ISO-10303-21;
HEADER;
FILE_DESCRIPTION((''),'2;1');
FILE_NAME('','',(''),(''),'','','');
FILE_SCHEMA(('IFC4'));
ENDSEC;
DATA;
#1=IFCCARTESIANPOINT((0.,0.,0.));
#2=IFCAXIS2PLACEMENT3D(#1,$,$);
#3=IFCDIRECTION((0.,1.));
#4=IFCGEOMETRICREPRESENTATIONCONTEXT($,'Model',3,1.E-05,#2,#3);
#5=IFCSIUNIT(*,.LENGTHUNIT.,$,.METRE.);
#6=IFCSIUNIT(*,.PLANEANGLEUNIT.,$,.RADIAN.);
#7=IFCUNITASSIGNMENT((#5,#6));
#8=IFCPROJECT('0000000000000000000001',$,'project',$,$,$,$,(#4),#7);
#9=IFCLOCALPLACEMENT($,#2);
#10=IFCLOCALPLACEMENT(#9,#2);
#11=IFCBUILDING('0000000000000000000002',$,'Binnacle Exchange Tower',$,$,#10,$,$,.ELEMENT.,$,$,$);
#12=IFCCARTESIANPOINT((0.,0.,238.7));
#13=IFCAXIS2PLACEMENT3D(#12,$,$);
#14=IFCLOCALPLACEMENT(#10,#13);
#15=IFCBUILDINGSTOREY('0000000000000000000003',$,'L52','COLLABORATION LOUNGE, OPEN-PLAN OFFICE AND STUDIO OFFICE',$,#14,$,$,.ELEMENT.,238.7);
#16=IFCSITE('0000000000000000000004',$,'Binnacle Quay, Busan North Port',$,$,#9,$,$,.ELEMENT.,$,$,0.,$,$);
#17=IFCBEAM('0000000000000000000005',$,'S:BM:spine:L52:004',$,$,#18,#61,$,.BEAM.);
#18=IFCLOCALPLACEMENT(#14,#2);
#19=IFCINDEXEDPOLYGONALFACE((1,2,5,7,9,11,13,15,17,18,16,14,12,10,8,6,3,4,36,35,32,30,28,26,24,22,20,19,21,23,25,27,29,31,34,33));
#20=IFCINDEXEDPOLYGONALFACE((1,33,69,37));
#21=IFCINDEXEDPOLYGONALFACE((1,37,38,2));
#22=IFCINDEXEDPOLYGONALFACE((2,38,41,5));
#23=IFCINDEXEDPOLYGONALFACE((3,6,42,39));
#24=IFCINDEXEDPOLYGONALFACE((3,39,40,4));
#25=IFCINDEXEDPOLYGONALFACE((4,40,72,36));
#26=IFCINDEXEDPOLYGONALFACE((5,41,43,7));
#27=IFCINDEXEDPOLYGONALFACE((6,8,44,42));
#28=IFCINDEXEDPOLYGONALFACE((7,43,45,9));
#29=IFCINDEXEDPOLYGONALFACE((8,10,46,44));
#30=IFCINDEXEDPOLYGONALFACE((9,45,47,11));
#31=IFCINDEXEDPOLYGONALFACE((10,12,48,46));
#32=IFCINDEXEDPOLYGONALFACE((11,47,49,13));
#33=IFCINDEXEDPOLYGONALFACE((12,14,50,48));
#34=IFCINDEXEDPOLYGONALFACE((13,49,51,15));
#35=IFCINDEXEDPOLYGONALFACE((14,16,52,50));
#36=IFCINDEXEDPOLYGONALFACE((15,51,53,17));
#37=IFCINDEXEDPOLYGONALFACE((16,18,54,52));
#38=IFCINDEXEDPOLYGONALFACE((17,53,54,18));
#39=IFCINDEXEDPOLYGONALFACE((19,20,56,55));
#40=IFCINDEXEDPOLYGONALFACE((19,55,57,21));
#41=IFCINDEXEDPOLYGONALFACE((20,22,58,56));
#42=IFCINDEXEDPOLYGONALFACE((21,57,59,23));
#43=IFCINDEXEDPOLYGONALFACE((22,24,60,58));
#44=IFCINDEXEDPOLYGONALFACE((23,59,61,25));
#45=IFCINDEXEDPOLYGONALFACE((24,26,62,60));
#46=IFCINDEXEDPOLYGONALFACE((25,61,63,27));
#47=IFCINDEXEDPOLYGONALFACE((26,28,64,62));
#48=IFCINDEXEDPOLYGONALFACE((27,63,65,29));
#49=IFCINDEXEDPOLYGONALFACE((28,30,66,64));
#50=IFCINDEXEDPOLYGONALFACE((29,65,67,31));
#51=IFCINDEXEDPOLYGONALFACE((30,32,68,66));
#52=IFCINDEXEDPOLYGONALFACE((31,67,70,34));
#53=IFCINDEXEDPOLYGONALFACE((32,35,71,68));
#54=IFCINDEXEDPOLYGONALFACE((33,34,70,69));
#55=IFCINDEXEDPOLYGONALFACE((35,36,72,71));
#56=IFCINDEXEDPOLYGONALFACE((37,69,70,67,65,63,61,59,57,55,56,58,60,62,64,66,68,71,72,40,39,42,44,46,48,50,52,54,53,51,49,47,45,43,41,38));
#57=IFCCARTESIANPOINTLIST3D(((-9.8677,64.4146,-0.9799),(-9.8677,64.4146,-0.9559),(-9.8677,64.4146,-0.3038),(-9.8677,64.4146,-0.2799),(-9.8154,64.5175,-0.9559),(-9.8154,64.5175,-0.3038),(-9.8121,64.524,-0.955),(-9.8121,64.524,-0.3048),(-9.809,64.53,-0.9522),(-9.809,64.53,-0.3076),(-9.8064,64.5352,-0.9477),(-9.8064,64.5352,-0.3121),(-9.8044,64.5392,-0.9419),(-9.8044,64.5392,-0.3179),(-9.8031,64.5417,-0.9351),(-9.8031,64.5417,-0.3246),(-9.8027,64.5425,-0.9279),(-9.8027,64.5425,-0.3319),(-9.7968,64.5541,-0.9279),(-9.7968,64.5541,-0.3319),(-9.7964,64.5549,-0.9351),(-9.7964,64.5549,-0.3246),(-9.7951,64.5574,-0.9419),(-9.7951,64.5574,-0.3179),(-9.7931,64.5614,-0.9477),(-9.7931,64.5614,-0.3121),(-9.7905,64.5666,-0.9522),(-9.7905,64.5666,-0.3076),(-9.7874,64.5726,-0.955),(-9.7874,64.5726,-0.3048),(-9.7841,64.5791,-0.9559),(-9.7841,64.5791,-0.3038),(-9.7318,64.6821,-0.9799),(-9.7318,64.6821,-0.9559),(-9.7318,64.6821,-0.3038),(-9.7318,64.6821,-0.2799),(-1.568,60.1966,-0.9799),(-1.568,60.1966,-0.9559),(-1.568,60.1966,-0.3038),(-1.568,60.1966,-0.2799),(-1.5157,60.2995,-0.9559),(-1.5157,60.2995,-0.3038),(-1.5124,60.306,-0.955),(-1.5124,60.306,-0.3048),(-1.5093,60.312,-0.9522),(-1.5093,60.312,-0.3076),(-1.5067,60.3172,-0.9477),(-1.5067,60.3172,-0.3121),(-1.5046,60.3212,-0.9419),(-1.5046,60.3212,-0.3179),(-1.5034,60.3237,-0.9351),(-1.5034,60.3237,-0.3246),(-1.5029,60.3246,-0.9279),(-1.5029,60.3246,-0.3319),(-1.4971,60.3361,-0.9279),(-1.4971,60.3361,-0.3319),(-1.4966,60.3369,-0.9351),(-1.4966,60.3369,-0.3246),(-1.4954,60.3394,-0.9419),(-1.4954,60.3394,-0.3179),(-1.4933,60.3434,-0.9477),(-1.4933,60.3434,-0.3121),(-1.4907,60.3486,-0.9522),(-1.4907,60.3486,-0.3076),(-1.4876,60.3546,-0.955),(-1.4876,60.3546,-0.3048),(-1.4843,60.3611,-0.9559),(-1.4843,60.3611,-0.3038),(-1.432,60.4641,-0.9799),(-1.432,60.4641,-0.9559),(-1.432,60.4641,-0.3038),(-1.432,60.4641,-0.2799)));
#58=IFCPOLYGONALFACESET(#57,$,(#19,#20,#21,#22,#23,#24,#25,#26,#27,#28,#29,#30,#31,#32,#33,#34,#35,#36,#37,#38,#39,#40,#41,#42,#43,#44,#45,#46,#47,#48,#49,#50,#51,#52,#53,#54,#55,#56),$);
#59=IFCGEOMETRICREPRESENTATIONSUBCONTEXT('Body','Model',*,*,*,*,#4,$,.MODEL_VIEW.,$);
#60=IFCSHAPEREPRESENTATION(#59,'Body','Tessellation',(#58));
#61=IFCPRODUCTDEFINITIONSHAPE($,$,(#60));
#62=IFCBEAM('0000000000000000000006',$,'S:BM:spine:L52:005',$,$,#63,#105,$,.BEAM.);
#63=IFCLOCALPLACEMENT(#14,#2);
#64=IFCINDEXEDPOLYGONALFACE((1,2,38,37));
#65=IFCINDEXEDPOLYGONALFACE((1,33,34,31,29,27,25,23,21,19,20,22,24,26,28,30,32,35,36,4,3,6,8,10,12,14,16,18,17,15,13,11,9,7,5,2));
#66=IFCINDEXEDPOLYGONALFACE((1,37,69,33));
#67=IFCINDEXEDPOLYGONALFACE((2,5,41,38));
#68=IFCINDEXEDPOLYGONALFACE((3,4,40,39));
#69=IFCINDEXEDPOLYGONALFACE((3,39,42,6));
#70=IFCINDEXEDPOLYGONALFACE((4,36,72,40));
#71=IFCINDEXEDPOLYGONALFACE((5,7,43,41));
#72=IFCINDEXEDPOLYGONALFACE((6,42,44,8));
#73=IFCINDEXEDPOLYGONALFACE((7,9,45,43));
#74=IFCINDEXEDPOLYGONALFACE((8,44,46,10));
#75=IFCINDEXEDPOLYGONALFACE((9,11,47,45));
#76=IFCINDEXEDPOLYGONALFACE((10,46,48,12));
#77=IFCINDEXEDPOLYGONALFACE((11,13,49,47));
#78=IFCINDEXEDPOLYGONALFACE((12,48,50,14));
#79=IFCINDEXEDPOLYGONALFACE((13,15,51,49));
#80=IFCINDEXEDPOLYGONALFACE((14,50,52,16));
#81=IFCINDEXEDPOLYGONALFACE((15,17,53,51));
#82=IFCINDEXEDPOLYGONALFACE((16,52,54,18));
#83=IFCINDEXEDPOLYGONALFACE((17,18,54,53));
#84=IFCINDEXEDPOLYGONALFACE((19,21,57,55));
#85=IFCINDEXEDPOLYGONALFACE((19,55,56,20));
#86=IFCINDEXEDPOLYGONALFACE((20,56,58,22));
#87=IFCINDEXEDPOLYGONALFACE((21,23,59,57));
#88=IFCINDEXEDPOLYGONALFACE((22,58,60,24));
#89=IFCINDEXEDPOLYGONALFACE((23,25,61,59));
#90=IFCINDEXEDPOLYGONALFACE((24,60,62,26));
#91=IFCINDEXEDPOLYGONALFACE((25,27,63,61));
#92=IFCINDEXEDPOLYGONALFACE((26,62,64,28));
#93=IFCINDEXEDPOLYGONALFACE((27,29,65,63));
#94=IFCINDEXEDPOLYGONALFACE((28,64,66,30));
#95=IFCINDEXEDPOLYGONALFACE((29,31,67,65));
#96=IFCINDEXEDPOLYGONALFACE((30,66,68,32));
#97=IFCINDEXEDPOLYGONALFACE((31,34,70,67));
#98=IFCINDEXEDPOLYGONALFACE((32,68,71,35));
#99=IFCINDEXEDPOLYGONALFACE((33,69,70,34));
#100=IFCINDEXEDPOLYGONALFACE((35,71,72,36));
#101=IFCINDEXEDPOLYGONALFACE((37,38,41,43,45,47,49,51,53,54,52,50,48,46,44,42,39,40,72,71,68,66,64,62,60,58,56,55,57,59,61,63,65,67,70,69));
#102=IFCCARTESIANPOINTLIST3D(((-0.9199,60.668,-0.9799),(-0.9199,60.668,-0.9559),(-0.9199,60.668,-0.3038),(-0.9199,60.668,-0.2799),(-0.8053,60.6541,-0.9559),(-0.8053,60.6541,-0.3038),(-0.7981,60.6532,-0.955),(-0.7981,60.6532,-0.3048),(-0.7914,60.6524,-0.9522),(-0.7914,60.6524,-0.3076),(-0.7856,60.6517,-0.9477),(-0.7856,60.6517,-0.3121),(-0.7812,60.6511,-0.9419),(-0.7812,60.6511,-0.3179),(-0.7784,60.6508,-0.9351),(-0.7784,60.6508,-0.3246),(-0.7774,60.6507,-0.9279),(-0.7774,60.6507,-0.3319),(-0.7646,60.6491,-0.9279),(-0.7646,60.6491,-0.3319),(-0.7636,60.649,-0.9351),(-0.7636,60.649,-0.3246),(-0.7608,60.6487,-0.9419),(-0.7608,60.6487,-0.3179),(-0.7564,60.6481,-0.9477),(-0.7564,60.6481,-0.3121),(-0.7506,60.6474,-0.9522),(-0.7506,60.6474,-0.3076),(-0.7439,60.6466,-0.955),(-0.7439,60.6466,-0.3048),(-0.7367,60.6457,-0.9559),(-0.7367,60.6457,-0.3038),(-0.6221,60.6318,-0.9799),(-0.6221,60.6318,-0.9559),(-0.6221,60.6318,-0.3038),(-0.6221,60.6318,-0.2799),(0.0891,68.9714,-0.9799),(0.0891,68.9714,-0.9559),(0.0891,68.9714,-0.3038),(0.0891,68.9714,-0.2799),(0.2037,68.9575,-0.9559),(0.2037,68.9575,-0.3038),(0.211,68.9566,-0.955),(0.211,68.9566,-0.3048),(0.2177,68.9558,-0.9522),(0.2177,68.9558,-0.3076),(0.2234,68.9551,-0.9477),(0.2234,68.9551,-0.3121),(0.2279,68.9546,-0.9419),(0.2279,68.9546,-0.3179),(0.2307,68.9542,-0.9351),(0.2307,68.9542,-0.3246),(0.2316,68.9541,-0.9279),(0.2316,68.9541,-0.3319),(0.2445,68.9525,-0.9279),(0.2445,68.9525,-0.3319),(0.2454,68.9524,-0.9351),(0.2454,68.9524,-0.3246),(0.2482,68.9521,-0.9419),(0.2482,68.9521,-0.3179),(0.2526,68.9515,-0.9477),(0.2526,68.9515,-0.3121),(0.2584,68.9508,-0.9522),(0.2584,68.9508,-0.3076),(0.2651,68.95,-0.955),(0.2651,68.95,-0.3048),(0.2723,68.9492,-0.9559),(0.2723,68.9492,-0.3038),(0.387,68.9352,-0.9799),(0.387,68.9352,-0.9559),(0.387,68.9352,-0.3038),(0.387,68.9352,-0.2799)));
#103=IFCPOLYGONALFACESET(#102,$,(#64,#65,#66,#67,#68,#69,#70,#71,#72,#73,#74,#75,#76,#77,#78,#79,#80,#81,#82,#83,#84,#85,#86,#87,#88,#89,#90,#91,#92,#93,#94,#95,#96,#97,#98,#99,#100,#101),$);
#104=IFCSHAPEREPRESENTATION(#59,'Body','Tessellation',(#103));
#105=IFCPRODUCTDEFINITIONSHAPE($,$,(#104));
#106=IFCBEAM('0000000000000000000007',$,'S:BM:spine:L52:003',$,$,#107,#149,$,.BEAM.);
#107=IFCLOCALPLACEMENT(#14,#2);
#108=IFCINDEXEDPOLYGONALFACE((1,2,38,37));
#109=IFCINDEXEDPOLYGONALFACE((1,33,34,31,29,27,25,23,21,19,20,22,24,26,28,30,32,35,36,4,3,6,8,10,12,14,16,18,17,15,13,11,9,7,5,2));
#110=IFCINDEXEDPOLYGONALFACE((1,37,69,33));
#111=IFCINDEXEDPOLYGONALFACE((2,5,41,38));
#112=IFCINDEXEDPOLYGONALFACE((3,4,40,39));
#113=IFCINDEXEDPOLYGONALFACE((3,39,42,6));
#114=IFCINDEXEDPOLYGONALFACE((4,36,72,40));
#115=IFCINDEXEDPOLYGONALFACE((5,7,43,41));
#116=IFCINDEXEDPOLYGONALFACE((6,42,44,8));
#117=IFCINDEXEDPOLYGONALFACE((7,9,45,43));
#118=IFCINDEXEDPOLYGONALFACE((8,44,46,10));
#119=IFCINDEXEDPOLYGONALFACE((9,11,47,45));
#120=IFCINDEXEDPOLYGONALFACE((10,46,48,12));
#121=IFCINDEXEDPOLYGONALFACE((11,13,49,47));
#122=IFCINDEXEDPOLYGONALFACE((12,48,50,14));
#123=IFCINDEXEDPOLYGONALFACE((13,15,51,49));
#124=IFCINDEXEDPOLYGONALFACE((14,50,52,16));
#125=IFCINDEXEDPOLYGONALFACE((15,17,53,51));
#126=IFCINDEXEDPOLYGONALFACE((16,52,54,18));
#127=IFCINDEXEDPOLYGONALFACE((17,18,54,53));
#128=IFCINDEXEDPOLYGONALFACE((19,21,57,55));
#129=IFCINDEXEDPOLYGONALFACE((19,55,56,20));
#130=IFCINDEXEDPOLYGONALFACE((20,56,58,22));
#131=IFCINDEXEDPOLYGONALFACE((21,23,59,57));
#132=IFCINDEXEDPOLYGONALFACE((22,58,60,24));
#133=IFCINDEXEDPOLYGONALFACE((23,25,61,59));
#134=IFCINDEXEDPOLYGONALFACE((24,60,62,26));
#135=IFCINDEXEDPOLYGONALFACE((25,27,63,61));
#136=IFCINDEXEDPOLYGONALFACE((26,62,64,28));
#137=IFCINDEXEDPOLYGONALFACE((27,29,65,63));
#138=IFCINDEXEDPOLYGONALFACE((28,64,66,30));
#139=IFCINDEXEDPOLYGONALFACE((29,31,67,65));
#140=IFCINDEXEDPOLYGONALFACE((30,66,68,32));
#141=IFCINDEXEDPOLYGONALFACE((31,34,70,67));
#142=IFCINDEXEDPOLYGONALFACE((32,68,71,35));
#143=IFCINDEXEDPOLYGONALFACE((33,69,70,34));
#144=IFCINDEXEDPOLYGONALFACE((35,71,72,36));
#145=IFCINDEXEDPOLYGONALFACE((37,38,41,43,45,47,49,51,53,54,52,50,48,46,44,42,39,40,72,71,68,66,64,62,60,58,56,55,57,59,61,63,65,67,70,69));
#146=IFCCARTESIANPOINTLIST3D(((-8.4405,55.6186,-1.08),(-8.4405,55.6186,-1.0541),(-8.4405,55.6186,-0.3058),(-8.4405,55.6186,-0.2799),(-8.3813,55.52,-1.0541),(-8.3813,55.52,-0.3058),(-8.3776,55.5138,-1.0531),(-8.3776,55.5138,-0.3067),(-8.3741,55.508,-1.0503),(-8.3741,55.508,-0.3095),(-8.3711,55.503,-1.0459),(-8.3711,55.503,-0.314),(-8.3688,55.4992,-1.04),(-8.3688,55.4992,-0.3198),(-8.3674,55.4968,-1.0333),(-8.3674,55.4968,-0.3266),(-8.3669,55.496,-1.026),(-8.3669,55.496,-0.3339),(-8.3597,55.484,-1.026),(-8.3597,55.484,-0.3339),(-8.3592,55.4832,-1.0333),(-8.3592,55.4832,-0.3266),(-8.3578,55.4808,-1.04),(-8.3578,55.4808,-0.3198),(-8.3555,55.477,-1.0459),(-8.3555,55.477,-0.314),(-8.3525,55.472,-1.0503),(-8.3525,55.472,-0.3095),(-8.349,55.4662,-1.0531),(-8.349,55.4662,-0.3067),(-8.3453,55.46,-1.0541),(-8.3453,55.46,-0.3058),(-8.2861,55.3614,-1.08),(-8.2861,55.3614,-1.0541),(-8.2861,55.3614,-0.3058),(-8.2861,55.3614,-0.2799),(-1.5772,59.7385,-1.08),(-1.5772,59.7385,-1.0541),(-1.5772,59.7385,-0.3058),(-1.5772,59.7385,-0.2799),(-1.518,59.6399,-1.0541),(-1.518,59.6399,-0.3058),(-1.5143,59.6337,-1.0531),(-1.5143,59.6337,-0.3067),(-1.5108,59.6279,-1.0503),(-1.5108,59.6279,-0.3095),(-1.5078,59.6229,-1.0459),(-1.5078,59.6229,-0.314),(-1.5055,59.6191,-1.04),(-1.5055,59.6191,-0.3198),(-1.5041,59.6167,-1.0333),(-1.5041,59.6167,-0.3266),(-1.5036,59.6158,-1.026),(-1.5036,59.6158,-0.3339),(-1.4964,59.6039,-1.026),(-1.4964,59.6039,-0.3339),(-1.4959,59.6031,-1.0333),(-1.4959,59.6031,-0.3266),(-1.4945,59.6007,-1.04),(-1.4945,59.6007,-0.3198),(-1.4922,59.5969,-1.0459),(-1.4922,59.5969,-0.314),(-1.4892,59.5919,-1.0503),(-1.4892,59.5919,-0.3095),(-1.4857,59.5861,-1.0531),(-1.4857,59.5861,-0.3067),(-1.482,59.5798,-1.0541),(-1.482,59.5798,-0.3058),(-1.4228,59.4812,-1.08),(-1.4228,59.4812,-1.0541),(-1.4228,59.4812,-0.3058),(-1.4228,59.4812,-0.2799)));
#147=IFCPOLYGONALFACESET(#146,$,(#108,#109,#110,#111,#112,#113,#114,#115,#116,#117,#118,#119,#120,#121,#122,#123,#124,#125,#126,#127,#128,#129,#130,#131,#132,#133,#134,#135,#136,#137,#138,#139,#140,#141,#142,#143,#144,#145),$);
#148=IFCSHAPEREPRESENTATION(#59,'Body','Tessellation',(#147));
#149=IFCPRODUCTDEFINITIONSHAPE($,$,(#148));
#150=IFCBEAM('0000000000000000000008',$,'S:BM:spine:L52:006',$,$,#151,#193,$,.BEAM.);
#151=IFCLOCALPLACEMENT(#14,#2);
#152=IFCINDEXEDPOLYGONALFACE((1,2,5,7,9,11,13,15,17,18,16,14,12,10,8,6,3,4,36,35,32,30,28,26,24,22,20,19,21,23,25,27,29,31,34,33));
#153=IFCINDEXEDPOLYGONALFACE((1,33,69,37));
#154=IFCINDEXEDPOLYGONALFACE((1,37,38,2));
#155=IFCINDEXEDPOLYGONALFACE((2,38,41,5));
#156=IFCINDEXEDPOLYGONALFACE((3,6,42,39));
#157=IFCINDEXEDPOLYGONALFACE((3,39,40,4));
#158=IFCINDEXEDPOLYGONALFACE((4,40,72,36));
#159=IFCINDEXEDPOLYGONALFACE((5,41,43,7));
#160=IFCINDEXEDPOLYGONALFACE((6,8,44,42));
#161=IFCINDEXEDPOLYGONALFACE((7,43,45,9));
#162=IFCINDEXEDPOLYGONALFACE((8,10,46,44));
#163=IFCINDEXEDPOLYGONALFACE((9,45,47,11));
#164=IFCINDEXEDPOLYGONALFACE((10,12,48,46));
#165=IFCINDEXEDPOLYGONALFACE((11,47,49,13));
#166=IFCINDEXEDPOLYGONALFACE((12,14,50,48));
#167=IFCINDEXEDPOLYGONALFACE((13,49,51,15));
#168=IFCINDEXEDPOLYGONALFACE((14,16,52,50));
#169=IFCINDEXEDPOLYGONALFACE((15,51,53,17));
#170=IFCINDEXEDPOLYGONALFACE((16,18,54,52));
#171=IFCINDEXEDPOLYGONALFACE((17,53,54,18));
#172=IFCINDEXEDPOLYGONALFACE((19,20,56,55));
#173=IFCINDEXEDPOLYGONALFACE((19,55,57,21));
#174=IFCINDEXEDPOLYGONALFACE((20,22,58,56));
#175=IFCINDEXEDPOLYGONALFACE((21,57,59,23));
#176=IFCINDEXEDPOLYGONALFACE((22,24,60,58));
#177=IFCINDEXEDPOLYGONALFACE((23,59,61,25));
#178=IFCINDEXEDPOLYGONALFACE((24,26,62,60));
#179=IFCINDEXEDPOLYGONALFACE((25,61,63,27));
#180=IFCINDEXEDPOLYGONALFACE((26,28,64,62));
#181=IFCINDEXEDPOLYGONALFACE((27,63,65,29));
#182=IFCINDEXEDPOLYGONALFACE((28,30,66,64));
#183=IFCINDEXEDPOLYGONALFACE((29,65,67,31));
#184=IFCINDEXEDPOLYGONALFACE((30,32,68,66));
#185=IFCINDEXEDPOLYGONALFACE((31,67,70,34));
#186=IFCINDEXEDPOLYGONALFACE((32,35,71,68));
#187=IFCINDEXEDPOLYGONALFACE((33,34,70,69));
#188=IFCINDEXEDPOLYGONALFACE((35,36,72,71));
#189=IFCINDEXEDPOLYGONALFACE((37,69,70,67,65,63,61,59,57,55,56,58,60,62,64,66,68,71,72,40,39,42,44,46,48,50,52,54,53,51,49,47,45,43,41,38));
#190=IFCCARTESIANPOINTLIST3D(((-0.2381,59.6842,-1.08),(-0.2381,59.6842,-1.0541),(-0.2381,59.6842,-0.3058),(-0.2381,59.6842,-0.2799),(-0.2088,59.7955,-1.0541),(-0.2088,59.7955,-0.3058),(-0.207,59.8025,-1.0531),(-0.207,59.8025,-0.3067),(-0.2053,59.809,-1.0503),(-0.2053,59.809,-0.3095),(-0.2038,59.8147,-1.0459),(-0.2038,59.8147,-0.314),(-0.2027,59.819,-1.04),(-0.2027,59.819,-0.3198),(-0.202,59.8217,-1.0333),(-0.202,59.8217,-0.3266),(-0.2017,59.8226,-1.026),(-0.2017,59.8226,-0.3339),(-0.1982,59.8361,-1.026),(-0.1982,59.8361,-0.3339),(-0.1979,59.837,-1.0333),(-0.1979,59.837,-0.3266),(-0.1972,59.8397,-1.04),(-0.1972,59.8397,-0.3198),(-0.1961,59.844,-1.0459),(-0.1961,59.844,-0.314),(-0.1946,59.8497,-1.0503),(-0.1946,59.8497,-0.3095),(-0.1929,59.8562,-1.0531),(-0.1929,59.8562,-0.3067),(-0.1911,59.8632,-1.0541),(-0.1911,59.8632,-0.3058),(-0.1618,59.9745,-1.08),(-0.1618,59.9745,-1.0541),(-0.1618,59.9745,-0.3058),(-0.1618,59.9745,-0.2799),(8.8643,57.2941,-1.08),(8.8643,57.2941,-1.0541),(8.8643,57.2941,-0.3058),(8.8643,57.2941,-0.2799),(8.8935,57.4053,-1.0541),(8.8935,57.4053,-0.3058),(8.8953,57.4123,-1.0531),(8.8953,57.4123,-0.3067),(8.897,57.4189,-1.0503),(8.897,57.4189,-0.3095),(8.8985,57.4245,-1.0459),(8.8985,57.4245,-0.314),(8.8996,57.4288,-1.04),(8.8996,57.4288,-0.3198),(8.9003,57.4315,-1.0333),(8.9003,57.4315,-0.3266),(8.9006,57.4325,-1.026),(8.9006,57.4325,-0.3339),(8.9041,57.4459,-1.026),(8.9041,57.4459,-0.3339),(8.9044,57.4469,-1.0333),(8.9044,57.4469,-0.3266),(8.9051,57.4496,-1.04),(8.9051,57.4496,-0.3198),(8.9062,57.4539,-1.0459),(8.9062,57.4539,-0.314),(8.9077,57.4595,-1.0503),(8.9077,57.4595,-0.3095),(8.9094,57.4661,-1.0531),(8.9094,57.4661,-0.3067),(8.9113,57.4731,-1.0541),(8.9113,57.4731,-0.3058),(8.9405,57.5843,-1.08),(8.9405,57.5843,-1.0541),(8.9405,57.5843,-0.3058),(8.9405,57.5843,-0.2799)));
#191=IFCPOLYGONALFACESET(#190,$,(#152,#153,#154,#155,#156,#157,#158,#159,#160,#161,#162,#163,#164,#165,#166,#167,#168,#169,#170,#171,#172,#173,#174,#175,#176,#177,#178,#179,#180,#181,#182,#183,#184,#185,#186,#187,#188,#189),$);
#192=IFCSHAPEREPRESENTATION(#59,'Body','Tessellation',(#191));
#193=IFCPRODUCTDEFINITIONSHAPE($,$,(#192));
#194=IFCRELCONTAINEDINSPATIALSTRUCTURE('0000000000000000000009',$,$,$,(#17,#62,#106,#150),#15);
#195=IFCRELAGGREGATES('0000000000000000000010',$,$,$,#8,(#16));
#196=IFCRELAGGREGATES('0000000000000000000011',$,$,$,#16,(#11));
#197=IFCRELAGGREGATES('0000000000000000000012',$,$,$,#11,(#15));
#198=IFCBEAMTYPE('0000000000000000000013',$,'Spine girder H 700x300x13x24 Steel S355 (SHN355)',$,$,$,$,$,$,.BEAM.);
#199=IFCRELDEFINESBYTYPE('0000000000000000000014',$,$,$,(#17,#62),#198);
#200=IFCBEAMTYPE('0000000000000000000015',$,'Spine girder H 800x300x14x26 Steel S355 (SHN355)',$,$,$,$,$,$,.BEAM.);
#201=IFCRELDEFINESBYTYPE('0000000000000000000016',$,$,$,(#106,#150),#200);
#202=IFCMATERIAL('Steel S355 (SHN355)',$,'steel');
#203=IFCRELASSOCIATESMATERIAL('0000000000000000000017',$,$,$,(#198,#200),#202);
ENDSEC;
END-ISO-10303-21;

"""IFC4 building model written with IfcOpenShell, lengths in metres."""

from ifc_helpers import new_model, si_unit, direction, frame, origin, origin_2d, place, context, subcontext, project, spatial, i_section, extrude, material, material_profile, profile_set, type_object, element, save


model = new_model("IFC4")

# Units and contexts
model_context = context("Model", 3, precision=1e-05, world=origin(), true_north=direction((0.0, 1.0)))
body_context = subcontext(model_context, "Body", "Model", "MODEL_VIEW")
ifc_project = project(units=[si_unit("LENGTHUNIT", "METRE"), si_unit("PLANEANGLEUNIT", "RADIAN")], contexts=[model_context])

# Site, building, storey
site_placement = place(None, origin())
site = spatial("IfcSite", under=ifc_project, at=site_placement, Name="Binnacle Quay, Busan North Port", CompositionType="ELEMENT", RefElevation=0.0)
building_placement = place(site_placement, origin())
building = spatial("IfcBuilding", under=site, at=building_placement, Name="Binnacle Exchange Tower", CompositionType="ELEMENT")
storey_placement = place(building_placement, frame((0.0, 0.0, 238.7)))
storey = spatial("IfcBuildingStorey", under=building, at=storey_placement, Name="L52", Description="COLLABORATION LOUNGE, OPEN-PLAN OFFICE AND STUDIO OFFICE", CompositionType="ELEMENT", Elevation=238.7)

# Beams
ifc_material_1 = material(Name="Steel S355 (SHN355)", Category="steel")
ifc_material_profile_1 = material_profile(ifc_material_1, i_section(OverallWidth=0.3, OverallDepth=0.7, WebThickness=0.0129, FlangeThickness=0.0239, FilletRadius=0.0281, at=origin_2d()), Name="H 700x300x13x24")
ifc_profile_set_1 = profile_set([ifc_material_profile_1], Name="Steel S355 (SHN355)")
beam_type_1 = type_object("IfcBeamType", Name="Spine girder H 700x300x13x24 Steel S355 (SHN355)", PredefinedType="BEAM", material=ifc_profile_set_1)
beam_1_placement = place(storey_placement, frame((-1.5, 60.3303, -0.6299), z_axis=(-0.891482, 0.453057, 0.0), x_axis=(-0.453057, -0.891482, 0.0)))
element("IfcBeam", 1, at=beam_1_placement, inside=storey, type_object=beam_type_1, Name="S:BM:spine:L52:004", PredefinedType="BEAM", context=body_context, shape_type="SweptSolid", body=[
    extrude(i_section(OverallWidth=0.3, OverallDepth=0.7, WebThickness=0.0129, FlangeThickness=0.0239, FilletRadius=0.0281, at=origin_2d()), origin(), (0.0, 0.0, 1.0), 9.3101),
])
beam_2_placement = place(storey_placement, frame((-0.771, 60.6499, -0.6299), z_axis=(0.120632, 0.992697, 0.0), x_axis=(-0.992697, 0.120632, 0.0)))
element("IfcBeam", 2, at=beam_2_placement, inside=storey, type_object=beam_type_1, Name="S:BM:spine:L52:005", PredefinedType="BEAM", context=body_context, shape_type="SweptSolid", body=[
    extrude(i_section(OverallWidth=0.3, OverallDepth=0.7, WebThickness=0.0129, FlangeThickness=0.0239, FilletRadius=0.0281, at=origin_2d()), origin(), (0.0, 0.0, 1.0), 8.3645),
])
ifc_material_profile_2 = material_profile(ifc_material_1, i_section(OverallWidth=0.3, OverallDepth=0.8, WebThickness=0.0139, FlangeThickness=0.0259, FilletRadius=0.0281, at=origin_2d()), Name="H 800x300x14x26")
ifc_profile_set_2 = profile_set([ifc_material_profile_2], Name="Steel S355 (SHN355)")
beam_type_2 = type_object("IfcBeamType", Name="Spine girder H 800x300x14x26 Steel S355 (SHN355)", PredefinedType="BEAM", material=ifc_profile_set_2)
beam_3_placement = place(storey_placement, frame((-8.3633, 55.49, -0.6799), z_axis=(0.857388, 0.514671, 0.0), x_axis=(-0.514671, 0.857388, 0.0)))
element("IfcBeam", 3, at=beam_3_placement, inside=storey, type_object=beam_type_2, Name="S:BM:spine:L52:003", PredefinedType="BEAM", context=body_context, shape_type="SweptSolid", body=[
    extrude(i_section(OverallWidth=0.3, OverallDepth=0.8, WebThickness=0.0139, FlangeThickness=0.0259, FilletRadius=0.0281, at=origin_2d()), origin(), (0.0, 0.0, 1.0), 8.0049),
])
beam_4_placement = place(storey_placement, frame((-0.2, 59.8293, -0.6799), z_axis=(0.96721, -0.253976, 0.0), x_axis=(0.253976, 0.96721, 0.0)))
element("IfcBeam", 4, at=beam_4_placement, inside=storey, type_object=beam_type_2, Name="S:BM:spine:L52:006", PredefinedType="BEAM", context=body_context, shape_type="SweptSolid", body=[
    extrude(i_section(OverallWidth=0.3, OverallDepth=0.8, WebThickness=0.0139, FlangeThickness=0.0259, FilletRadius=0.0281, at=origin_2d()), origin(), (0.0, 0.0, 1.0), 9.4109),
])

save(model, "model.ifc")
